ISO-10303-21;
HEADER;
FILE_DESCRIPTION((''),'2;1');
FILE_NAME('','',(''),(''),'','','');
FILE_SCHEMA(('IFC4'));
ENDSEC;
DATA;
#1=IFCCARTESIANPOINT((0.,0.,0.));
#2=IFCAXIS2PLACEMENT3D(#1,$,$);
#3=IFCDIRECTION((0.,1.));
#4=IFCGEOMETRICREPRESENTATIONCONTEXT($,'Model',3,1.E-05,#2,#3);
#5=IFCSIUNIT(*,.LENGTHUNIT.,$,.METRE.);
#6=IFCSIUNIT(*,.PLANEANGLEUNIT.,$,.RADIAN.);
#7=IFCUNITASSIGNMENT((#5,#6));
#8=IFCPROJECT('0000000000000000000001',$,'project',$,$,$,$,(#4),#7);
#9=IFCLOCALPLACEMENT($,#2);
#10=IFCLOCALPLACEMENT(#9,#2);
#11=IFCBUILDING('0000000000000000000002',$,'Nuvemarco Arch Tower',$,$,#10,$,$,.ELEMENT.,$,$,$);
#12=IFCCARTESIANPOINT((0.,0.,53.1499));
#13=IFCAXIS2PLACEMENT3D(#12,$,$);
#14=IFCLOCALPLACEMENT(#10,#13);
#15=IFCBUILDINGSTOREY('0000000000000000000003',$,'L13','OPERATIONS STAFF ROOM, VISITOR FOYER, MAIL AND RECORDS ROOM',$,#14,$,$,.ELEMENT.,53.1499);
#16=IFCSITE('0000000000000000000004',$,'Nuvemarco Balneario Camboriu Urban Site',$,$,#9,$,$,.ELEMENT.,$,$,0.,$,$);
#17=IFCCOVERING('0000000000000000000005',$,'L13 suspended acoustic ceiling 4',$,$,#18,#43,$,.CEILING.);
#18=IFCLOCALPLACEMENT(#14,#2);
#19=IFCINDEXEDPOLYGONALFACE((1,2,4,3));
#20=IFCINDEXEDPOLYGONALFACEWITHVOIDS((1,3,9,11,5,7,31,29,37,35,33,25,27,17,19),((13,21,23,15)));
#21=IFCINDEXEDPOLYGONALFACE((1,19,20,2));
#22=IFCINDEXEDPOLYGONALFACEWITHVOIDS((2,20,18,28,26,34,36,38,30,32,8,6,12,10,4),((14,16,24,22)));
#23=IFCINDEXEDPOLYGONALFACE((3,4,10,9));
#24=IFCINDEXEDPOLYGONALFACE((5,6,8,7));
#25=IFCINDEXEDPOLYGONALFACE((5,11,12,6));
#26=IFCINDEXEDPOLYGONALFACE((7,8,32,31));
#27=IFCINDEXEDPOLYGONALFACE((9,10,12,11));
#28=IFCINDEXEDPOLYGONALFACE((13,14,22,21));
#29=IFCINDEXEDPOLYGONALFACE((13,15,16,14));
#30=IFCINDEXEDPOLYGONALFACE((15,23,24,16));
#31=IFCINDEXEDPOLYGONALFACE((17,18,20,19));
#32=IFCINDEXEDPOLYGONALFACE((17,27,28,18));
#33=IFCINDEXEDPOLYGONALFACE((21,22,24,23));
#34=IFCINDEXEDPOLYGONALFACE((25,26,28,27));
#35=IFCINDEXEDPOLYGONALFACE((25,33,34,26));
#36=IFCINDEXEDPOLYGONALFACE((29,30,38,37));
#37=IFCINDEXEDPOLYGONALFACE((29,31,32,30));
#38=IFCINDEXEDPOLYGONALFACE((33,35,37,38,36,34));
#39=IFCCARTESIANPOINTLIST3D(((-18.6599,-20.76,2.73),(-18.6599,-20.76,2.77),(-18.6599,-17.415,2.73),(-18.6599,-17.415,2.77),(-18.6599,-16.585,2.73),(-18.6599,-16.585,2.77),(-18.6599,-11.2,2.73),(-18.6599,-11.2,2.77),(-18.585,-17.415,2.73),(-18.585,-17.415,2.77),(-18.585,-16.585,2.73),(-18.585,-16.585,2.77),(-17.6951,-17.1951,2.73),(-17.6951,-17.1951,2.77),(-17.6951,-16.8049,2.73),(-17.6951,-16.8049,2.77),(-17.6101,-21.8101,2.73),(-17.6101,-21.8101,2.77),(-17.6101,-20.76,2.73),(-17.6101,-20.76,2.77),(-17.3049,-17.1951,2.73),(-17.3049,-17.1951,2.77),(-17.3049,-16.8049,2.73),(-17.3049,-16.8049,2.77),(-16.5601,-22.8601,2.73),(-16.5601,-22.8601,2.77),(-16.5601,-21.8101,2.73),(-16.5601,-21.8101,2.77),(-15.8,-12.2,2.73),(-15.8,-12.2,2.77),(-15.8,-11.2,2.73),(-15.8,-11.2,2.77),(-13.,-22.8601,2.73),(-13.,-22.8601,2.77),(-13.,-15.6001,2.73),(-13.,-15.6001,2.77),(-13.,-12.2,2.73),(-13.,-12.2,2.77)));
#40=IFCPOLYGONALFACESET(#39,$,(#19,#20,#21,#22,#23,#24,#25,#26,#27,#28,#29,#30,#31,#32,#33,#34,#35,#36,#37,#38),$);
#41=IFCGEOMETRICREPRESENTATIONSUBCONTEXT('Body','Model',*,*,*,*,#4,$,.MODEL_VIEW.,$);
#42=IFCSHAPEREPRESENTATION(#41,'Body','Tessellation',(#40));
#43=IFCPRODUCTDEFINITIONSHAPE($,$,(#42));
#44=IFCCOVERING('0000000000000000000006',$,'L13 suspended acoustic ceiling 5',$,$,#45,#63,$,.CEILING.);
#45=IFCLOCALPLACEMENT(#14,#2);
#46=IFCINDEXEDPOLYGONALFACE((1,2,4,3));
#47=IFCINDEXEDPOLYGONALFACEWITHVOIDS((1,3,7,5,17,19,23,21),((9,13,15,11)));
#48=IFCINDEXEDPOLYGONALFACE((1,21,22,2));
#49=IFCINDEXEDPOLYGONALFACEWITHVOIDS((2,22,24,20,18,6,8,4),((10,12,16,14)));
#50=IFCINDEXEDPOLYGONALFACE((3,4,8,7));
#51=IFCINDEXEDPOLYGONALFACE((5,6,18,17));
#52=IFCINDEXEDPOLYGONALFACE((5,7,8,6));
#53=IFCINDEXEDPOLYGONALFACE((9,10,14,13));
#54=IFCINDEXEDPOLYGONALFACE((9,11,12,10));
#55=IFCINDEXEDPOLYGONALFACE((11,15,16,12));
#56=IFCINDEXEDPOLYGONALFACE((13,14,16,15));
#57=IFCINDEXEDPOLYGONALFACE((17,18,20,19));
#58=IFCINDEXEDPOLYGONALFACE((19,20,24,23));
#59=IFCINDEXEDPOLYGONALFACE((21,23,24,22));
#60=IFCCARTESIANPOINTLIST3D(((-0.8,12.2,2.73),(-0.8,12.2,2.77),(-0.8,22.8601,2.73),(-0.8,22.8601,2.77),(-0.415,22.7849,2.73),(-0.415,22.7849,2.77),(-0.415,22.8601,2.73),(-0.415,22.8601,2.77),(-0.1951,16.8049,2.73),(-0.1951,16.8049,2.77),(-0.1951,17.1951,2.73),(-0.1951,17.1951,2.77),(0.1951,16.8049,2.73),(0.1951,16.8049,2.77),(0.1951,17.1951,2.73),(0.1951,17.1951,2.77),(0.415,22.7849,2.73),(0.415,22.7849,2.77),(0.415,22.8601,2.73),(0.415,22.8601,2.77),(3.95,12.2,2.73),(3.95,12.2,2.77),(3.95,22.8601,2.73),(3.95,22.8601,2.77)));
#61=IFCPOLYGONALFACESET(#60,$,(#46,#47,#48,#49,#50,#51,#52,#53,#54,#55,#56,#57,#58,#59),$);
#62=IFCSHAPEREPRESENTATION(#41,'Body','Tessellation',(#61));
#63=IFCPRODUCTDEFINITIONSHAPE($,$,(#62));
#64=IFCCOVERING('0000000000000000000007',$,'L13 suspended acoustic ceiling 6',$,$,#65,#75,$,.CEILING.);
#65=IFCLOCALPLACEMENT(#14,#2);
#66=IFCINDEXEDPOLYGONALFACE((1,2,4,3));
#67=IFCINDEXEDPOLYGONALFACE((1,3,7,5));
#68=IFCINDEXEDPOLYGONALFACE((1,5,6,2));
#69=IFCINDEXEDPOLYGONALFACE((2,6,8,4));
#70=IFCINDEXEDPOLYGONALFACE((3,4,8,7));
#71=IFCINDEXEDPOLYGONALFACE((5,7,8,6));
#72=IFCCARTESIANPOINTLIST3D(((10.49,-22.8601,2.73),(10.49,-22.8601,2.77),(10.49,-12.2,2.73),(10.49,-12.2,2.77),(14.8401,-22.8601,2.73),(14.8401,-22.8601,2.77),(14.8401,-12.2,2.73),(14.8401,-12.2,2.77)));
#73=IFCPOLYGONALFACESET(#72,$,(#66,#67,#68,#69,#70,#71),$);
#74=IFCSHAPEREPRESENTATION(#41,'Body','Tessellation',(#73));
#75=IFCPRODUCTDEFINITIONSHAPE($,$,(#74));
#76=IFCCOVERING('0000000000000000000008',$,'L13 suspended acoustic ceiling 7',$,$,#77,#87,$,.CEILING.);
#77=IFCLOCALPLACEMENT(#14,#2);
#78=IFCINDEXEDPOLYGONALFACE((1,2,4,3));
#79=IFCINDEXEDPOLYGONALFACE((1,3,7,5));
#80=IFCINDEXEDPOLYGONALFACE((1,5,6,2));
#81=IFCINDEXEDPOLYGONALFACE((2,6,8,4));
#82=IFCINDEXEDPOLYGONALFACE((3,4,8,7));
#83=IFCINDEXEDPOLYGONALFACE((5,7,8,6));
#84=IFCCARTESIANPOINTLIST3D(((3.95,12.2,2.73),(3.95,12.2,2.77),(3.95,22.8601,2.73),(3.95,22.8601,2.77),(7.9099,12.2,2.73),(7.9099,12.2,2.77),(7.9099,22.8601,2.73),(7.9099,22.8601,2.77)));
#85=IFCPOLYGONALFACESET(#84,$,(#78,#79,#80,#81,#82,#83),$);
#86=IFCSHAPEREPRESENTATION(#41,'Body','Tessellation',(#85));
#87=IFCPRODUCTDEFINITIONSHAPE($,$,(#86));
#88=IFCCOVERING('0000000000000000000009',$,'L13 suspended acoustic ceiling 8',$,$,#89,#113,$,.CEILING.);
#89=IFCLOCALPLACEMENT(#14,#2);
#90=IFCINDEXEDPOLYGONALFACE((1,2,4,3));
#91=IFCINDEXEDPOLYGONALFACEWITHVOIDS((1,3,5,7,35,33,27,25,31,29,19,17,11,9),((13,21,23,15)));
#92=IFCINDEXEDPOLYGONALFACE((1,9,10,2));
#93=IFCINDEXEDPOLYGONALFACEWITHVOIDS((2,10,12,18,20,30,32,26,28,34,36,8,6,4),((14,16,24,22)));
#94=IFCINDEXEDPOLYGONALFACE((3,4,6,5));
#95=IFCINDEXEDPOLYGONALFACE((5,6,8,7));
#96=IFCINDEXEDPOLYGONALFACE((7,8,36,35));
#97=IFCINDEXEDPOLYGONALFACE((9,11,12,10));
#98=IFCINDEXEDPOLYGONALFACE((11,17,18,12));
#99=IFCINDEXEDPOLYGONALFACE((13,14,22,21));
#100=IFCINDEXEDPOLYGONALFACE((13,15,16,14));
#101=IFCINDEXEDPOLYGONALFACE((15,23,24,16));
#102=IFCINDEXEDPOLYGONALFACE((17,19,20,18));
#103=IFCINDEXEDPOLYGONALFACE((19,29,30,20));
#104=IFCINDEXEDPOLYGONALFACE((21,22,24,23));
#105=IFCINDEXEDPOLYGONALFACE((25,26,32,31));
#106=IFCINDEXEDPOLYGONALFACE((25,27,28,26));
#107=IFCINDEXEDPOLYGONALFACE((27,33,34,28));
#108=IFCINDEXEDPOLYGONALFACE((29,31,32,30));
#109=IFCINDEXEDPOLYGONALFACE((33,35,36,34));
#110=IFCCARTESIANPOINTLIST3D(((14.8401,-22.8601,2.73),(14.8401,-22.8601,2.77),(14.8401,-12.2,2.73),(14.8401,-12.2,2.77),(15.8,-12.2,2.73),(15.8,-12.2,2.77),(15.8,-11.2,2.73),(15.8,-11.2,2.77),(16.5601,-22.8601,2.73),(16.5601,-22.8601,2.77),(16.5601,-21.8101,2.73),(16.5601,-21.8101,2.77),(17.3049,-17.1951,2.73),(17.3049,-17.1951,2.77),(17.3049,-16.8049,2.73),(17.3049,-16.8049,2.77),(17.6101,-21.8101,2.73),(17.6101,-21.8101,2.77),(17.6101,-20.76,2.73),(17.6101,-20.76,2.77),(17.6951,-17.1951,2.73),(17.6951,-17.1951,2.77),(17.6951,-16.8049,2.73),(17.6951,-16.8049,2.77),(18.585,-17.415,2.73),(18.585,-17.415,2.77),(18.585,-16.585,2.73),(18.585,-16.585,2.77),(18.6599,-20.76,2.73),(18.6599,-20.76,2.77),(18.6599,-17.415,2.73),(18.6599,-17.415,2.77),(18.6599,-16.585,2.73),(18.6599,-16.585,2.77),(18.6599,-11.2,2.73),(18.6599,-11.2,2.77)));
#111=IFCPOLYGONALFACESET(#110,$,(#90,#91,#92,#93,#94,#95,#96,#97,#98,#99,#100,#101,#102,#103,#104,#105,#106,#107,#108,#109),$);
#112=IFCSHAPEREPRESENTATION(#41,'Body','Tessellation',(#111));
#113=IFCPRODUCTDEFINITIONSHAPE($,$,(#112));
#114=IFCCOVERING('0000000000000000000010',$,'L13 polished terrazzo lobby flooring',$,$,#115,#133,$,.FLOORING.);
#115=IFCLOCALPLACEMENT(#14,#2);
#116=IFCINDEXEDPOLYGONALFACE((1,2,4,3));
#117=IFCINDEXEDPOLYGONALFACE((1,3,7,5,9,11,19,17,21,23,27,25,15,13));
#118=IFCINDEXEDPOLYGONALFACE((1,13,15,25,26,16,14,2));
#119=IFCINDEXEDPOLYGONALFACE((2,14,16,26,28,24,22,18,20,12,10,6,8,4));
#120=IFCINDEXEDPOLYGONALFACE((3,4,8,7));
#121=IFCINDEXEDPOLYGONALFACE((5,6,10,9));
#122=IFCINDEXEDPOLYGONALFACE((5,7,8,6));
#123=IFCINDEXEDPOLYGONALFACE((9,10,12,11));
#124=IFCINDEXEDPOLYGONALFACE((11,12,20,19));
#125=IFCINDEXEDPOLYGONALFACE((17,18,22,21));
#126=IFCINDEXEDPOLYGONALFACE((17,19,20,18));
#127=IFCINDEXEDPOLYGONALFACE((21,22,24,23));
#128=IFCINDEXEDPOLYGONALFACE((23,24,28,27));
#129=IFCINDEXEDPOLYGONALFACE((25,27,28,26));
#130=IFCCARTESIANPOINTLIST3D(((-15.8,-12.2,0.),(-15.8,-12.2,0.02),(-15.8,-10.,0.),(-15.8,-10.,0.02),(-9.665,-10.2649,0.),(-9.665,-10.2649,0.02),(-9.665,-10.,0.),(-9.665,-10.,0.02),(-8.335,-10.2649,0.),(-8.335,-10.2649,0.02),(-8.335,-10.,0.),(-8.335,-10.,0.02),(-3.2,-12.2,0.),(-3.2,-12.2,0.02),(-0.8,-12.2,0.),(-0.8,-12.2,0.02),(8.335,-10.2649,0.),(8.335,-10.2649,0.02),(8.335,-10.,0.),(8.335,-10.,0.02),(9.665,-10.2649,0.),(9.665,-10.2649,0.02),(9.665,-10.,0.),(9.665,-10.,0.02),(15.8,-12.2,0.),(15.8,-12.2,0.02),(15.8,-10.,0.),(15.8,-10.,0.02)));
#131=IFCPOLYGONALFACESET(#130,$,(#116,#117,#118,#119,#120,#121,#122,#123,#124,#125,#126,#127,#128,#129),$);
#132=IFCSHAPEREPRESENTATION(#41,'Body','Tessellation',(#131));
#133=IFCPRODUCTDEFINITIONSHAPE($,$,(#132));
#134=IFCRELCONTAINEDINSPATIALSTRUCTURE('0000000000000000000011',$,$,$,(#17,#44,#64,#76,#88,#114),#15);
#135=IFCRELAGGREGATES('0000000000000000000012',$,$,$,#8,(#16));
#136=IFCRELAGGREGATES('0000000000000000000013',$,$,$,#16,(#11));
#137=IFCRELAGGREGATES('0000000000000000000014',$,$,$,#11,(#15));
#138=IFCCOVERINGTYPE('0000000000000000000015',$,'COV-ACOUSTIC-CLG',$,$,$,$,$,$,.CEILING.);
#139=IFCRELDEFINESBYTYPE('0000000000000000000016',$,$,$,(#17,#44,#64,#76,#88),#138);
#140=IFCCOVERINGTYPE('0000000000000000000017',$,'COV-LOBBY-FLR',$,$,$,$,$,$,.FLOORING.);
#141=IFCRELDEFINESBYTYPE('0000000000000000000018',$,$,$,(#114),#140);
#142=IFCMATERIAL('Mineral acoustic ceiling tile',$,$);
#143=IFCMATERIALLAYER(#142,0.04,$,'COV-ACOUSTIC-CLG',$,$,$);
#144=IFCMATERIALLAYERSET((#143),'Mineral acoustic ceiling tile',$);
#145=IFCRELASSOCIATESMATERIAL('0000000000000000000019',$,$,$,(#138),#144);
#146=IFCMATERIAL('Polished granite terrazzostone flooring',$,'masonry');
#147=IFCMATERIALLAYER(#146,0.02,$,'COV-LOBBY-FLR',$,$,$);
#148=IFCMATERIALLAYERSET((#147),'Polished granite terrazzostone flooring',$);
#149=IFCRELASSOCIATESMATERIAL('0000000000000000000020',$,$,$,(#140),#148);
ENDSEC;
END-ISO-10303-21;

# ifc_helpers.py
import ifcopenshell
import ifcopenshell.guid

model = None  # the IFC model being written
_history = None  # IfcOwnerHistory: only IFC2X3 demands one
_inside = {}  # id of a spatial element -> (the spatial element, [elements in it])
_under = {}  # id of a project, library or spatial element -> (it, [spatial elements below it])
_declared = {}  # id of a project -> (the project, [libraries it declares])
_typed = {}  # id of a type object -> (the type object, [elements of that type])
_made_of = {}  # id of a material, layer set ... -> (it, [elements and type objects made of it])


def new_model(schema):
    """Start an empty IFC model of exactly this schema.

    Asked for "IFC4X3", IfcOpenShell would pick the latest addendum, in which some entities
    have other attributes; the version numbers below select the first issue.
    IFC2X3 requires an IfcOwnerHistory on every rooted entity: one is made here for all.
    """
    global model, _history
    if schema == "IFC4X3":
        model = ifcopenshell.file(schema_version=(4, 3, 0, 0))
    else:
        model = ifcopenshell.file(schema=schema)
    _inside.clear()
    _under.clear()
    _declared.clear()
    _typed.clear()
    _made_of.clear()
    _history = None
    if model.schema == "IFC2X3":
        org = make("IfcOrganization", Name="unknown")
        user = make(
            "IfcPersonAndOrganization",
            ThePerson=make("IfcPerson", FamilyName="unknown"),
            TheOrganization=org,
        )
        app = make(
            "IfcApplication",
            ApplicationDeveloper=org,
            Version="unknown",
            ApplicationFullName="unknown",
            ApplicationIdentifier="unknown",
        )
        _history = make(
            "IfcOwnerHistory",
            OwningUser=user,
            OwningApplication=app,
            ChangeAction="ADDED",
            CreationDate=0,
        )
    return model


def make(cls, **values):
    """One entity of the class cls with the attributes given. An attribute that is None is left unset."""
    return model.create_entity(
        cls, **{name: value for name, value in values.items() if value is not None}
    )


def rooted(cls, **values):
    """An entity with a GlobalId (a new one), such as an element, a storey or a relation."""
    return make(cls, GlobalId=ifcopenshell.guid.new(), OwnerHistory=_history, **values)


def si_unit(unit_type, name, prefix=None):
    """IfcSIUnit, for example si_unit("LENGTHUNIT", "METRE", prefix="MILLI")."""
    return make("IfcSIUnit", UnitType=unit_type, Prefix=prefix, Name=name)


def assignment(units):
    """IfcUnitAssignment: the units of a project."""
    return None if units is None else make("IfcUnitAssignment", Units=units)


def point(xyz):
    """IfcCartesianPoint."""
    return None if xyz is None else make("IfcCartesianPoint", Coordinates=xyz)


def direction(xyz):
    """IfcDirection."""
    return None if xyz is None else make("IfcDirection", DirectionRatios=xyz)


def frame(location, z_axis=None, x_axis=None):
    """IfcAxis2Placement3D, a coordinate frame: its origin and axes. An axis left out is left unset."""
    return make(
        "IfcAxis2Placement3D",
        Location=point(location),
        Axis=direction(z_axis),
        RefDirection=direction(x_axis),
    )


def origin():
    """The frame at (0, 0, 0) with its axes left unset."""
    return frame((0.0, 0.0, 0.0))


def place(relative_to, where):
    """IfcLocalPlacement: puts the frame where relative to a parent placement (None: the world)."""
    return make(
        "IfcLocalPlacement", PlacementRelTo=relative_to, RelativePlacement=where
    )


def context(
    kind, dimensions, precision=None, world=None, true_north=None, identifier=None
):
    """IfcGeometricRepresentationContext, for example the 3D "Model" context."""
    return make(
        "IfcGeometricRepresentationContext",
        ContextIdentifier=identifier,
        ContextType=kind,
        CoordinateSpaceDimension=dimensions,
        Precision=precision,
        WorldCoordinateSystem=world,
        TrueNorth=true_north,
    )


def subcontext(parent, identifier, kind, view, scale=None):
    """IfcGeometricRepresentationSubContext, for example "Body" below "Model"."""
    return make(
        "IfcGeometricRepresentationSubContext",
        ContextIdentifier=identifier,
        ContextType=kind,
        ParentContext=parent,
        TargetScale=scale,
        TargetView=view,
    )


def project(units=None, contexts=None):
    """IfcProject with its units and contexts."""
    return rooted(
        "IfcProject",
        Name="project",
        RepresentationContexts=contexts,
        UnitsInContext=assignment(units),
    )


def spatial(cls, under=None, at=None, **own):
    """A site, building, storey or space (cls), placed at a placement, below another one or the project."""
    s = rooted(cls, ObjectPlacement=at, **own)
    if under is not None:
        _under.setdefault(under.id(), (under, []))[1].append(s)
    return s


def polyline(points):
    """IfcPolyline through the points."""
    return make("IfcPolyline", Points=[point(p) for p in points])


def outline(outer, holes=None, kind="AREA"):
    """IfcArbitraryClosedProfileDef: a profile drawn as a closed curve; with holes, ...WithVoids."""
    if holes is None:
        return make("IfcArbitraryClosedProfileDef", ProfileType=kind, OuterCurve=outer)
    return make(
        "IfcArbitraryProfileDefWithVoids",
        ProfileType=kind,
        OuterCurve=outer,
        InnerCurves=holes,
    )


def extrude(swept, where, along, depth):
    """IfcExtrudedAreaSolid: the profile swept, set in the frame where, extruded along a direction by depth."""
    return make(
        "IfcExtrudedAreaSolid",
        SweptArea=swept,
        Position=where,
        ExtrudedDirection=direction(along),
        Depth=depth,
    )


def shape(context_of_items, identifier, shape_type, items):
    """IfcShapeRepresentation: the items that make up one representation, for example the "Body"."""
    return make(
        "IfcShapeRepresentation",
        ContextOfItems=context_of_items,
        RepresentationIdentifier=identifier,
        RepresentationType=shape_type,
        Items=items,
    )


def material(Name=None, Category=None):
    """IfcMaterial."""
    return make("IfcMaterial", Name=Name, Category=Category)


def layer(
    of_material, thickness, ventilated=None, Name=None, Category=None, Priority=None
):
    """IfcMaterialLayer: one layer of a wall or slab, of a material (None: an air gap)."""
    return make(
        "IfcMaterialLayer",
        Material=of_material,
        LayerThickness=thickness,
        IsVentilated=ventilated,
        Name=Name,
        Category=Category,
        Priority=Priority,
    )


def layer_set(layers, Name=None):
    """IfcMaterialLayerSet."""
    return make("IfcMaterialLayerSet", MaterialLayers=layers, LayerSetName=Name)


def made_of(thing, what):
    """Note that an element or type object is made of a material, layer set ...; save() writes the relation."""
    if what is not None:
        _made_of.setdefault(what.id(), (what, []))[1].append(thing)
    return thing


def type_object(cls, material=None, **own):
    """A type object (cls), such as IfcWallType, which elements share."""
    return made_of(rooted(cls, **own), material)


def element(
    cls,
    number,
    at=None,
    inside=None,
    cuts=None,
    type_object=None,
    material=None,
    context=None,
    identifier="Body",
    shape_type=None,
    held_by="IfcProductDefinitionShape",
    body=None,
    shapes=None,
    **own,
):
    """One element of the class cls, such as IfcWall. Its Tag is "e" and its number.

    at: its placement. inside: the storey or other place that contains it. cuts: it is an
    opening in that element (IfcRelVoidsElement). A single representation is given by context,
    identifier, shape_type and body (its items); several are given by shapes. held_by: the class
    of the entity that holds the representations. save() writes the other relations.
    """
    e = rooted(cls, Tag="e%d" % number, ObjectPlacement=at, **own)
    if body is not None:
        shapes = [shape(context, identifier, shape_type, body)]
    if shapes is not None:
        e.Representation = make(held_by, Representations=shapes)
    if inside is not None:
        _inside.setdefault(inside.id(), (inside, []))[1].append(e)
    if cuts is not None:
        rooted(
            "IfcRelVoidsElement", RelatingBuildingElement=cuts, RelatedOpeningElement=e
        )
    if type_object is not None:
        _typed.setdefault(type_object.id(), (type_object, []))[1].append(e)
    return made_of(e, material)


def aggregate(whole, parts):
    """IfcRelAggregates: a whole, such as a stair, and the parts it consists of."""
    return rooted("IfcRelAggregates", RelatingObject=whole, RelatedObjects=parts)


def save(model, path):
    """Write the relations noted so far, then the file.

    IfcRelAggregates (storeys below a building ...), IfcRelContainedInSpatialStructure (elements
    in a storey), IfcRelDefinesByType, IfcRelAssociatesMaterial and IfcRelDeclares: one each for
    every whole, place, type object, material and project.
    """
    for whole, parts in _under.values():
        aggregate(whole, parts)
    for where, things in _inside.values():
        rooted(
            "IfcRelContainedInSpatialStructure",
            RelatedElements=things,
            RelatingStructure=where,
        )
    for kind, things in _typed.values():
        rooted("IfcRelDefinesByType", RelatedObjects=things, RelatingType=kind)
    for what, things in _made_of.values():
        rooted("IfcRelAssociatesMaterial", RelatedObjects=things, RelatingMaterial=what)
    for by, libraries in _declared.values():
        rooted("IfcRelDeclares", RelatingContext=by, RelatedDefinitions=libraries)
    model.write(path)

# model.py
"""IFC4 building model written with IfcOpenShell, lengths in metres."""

from ifc_helpers import new_model, si_unit, direction, frame, origin, place, context, subcontext, project, spatial, polyline, outline, extrude, material, layer, layer_set, type_object, element, save


model = new_model("IFC4")

# Units and contexts
model_context = context("Model", 3, precision=1e-05, world=origin(), true_north=direction((0.0, 1.0)))
body_context = subcontext(model_context, "Body", "Model", "MODEL_VIEW")
ifc_project = project(units=[si_unit("LENGTHUNIT", "METRE"), si_unit("PLANEANGLEUNIT", "RADIAN")], contexts=[model_context])

# Site, building, storey
site_placement = place(None, origin())
site = spatial("IfcSite", under=ifc_project, at=site_placement, Name="Nuvemarco Balneario Camboriu Urban Site", CompositionType="ELEMENT", RefElevation=0.0)
building_placement = place(site_placement, origin())
building = spatial("IfcBuilding", under=site, at=building_placement, Name="Nuvemarco Arch Tower", CompositionType="ELEMENT")
storey_placement = place(building_placement, frame((0.0, 0.0, 53.1499)))
storey = spatial("IfcBuildingStorey", under=building, at=storey_placement, Name="L13", Description="OPERATIONS STAFF ROOM, VISITOR FOYER, MAIL AND RECORDS ROOM", CompositionType="ELEMENT", Elevation=53.1499)

# Coverings
ifc_material_1 = material(Name="Mineral acoustic ceiling tile")
ifc_layer_1 = layer(ifc_material_1, 0.04, Name="COV-ACOUSTIC-CLG")
ifc_layer_set_1 = layer_set([ifc_layer_1], Name="Mineral acoustic ceiling tile")
covering_type_1 = type_object("IfcCoveringType", Name="COV-ACOUSTIC-CLG", PredefinedType="CEILING", material=ifc_layer_set_1)
covering_1_placement = place(storey_placement, frame((0.0, 0.0, 2.73)))
element("IfcCovering", 1, at=covering_1_placement, inside=storey, type_object=covering_type_1, Name="L13 suspended acoustic ceiling 4", PredefinedType="CEILING", context=body_context, shape_type="SweptSolid", body=[
    extrude(outline(polyline([(-18.6599, -20.76), (-18.6599, -17.415), (-18.585, -17.415), (-18.585, -16.585), (-18.6599, -16.585), (-18.6599, -11.2), (-15.8, -11.2), (-15.8, -12.2), (-13.0, -12.2), (-13.0, -15.6001), (-13.0, -22.8601), (-16.5601, -22.8601), (-16.5601, -21.8101), (-17.6101, -21.8101), (-17.6101, -20.76), (-18.6599, -20.76)]), holes=[polyline([(-17.3049, -16.8049), (-17.6951, -16.8049), (-17.6951, -17.1951), (-17.3049, -17.1951), (-17.3049, -16.8049)])]), origin(), (0.0, 0.0, 1.0), 0.04),
])
covering_2_placement = place(storey_placement, frame((0.0, 0.0, 2.73)))
element("IfcCovering", 2, at=covering_2_placement, inside=storey, type_object=covering_type_1, Name="L13 suspended acoustic ceiling 5", PredefinedType="CEILING", context=body_context, shape_type="SweptSolid", body=[
    extrude(outline(polyline([(3.95, 12.2), (-0.8, 12.2), (-0.8, 22.8601), (-0.415, 22.8601), (-0.415, 22.7849), (0.415, 22.7849), (0.415, 22.8601), (3.95, 22.8601), (3.95, 12.2)]), holes=[polyline([(0.1951, 16.8049), (0.1951, 17.1951), (-0.1951, 17.1951), (-0.1951, 16.8049), (0.1951, 16.8049)])]), origin(), (0.0, 0.0, 1.0), 0.04),
])
covering_3_placement = place(storey_placement, frame((0.0, 0.0, 2.73)))
element("IfcCovering", 3, at=covering_3_placement, inside=storey, type_object=covering_type_1, Name="L13 suspended acoustic ceiling 6", PredefinedType="CEILING", context=body_context, shape_type="SweptSolid", body=[
    extrude(outline(polyline([(10.49, -22.8601), (10.49, -12.2), (14.8401, -12.2), (14.8401, -22.8601), (10.49, -22.8601)])), origin(), (0.0, 0.0, 1.0), 0.04),
])
covering_4_placement = place(storey_placement, frame((0.0, 0.0, 2.73)))
element("IfcCovering", 4, at=covering_4_placement, inside=storey, type_object=covering_type_1, Name="L13 suspended acoustic ceiling 7", PredefinedType="CEILING", context=body_context, shape_type="SweptSolid", body=[
    extrude(outline(polyline([(3.95, 12.2), (3.95, 22.8601), (7.9099, 22.8601), (7.9099, 12.2), (3.95, 12.2)])), origin(), (0.0, 0.0, 1.0), 0.04),
])
covering_5_placement = place(storey_placement, frame((0.0, 0.0, 2.73)))
element("IfcCovering", 5, at=covering_5_placement, inside=storey, type_object=covering_type_1, Name="L13 suspended acoustic ceiling 8", PredefinedType="CEILING", context=body_context, shape_type="SweptSolid", body=[
    extrude(outline(polyline([(16.5601, -22.8601), (14.8401, -22.8601), (14.8401, -12.2), (15.8, -12.2), (15.8, -11.2), (18.6599, -11.2), (18.6599, -16.585), (18.585, -16.585), (18.585, -17.415), (18.6599, -17.415), (18.6599, -20.76), (17.6101, -20.76), (17.6101, -21.8101), (16.5601, -21.8101), (16.5601, -22.8601)]), holes=[polyline([(17.6951, -17.1951), (17.6951, -16.8049), (17.3049, -16.8049), (17.3049, -17.1951), (17.6951, -17.1951)])]), origin(), (0.0, 0.0, 1.0), 0.04),
])
ifc_material_2 = material(Name="Polished granite terrazzostone flooring", Category="masonry")
ifc_layer_2 = layer(ifc_material_2, 0.02, Name="COV-LOBBY-FLR")
ifc_layer_set_2 = layer_set([ifc_layer_2], Name="Polished granite terrazzostone flooring")
covering_type_2 = type_object("IfcCoveringType", Name="COV-LOBBY-FLR", PredefinedType="FLOORING", material=ifc_layer_set_2)
covering_6_placement = place(storey_placement, origin())
element("IfcCovering", 6, at=covering_6_placement, inside=storey, type_object=covering_type_2, Name="L13 polished terrazzo lobby flooring", PredefinedType="FLOORING", context=body_context, shape_type="SweptSolid", body=[
    extrude(outline(polyline([(-9.665, -10.2649), (-8.335, -10.2649), (-8.335, -10.0), (8.335, -10.0), (8.335, -10.2649), (9.665, -10.2649), (9.665, -10.0), (15.8, -10.0), (15.8, -12.2), (-0.8, -12.2), (-3.2, -12.2), (-15.8, -12.2), (-15.8, -10.0), (-9.665, -10.0), (-9.665, -10.2649)])), origin(), (0.0, 0.0, 1.0), 0.02),
])

save(model, "model.ifc")
